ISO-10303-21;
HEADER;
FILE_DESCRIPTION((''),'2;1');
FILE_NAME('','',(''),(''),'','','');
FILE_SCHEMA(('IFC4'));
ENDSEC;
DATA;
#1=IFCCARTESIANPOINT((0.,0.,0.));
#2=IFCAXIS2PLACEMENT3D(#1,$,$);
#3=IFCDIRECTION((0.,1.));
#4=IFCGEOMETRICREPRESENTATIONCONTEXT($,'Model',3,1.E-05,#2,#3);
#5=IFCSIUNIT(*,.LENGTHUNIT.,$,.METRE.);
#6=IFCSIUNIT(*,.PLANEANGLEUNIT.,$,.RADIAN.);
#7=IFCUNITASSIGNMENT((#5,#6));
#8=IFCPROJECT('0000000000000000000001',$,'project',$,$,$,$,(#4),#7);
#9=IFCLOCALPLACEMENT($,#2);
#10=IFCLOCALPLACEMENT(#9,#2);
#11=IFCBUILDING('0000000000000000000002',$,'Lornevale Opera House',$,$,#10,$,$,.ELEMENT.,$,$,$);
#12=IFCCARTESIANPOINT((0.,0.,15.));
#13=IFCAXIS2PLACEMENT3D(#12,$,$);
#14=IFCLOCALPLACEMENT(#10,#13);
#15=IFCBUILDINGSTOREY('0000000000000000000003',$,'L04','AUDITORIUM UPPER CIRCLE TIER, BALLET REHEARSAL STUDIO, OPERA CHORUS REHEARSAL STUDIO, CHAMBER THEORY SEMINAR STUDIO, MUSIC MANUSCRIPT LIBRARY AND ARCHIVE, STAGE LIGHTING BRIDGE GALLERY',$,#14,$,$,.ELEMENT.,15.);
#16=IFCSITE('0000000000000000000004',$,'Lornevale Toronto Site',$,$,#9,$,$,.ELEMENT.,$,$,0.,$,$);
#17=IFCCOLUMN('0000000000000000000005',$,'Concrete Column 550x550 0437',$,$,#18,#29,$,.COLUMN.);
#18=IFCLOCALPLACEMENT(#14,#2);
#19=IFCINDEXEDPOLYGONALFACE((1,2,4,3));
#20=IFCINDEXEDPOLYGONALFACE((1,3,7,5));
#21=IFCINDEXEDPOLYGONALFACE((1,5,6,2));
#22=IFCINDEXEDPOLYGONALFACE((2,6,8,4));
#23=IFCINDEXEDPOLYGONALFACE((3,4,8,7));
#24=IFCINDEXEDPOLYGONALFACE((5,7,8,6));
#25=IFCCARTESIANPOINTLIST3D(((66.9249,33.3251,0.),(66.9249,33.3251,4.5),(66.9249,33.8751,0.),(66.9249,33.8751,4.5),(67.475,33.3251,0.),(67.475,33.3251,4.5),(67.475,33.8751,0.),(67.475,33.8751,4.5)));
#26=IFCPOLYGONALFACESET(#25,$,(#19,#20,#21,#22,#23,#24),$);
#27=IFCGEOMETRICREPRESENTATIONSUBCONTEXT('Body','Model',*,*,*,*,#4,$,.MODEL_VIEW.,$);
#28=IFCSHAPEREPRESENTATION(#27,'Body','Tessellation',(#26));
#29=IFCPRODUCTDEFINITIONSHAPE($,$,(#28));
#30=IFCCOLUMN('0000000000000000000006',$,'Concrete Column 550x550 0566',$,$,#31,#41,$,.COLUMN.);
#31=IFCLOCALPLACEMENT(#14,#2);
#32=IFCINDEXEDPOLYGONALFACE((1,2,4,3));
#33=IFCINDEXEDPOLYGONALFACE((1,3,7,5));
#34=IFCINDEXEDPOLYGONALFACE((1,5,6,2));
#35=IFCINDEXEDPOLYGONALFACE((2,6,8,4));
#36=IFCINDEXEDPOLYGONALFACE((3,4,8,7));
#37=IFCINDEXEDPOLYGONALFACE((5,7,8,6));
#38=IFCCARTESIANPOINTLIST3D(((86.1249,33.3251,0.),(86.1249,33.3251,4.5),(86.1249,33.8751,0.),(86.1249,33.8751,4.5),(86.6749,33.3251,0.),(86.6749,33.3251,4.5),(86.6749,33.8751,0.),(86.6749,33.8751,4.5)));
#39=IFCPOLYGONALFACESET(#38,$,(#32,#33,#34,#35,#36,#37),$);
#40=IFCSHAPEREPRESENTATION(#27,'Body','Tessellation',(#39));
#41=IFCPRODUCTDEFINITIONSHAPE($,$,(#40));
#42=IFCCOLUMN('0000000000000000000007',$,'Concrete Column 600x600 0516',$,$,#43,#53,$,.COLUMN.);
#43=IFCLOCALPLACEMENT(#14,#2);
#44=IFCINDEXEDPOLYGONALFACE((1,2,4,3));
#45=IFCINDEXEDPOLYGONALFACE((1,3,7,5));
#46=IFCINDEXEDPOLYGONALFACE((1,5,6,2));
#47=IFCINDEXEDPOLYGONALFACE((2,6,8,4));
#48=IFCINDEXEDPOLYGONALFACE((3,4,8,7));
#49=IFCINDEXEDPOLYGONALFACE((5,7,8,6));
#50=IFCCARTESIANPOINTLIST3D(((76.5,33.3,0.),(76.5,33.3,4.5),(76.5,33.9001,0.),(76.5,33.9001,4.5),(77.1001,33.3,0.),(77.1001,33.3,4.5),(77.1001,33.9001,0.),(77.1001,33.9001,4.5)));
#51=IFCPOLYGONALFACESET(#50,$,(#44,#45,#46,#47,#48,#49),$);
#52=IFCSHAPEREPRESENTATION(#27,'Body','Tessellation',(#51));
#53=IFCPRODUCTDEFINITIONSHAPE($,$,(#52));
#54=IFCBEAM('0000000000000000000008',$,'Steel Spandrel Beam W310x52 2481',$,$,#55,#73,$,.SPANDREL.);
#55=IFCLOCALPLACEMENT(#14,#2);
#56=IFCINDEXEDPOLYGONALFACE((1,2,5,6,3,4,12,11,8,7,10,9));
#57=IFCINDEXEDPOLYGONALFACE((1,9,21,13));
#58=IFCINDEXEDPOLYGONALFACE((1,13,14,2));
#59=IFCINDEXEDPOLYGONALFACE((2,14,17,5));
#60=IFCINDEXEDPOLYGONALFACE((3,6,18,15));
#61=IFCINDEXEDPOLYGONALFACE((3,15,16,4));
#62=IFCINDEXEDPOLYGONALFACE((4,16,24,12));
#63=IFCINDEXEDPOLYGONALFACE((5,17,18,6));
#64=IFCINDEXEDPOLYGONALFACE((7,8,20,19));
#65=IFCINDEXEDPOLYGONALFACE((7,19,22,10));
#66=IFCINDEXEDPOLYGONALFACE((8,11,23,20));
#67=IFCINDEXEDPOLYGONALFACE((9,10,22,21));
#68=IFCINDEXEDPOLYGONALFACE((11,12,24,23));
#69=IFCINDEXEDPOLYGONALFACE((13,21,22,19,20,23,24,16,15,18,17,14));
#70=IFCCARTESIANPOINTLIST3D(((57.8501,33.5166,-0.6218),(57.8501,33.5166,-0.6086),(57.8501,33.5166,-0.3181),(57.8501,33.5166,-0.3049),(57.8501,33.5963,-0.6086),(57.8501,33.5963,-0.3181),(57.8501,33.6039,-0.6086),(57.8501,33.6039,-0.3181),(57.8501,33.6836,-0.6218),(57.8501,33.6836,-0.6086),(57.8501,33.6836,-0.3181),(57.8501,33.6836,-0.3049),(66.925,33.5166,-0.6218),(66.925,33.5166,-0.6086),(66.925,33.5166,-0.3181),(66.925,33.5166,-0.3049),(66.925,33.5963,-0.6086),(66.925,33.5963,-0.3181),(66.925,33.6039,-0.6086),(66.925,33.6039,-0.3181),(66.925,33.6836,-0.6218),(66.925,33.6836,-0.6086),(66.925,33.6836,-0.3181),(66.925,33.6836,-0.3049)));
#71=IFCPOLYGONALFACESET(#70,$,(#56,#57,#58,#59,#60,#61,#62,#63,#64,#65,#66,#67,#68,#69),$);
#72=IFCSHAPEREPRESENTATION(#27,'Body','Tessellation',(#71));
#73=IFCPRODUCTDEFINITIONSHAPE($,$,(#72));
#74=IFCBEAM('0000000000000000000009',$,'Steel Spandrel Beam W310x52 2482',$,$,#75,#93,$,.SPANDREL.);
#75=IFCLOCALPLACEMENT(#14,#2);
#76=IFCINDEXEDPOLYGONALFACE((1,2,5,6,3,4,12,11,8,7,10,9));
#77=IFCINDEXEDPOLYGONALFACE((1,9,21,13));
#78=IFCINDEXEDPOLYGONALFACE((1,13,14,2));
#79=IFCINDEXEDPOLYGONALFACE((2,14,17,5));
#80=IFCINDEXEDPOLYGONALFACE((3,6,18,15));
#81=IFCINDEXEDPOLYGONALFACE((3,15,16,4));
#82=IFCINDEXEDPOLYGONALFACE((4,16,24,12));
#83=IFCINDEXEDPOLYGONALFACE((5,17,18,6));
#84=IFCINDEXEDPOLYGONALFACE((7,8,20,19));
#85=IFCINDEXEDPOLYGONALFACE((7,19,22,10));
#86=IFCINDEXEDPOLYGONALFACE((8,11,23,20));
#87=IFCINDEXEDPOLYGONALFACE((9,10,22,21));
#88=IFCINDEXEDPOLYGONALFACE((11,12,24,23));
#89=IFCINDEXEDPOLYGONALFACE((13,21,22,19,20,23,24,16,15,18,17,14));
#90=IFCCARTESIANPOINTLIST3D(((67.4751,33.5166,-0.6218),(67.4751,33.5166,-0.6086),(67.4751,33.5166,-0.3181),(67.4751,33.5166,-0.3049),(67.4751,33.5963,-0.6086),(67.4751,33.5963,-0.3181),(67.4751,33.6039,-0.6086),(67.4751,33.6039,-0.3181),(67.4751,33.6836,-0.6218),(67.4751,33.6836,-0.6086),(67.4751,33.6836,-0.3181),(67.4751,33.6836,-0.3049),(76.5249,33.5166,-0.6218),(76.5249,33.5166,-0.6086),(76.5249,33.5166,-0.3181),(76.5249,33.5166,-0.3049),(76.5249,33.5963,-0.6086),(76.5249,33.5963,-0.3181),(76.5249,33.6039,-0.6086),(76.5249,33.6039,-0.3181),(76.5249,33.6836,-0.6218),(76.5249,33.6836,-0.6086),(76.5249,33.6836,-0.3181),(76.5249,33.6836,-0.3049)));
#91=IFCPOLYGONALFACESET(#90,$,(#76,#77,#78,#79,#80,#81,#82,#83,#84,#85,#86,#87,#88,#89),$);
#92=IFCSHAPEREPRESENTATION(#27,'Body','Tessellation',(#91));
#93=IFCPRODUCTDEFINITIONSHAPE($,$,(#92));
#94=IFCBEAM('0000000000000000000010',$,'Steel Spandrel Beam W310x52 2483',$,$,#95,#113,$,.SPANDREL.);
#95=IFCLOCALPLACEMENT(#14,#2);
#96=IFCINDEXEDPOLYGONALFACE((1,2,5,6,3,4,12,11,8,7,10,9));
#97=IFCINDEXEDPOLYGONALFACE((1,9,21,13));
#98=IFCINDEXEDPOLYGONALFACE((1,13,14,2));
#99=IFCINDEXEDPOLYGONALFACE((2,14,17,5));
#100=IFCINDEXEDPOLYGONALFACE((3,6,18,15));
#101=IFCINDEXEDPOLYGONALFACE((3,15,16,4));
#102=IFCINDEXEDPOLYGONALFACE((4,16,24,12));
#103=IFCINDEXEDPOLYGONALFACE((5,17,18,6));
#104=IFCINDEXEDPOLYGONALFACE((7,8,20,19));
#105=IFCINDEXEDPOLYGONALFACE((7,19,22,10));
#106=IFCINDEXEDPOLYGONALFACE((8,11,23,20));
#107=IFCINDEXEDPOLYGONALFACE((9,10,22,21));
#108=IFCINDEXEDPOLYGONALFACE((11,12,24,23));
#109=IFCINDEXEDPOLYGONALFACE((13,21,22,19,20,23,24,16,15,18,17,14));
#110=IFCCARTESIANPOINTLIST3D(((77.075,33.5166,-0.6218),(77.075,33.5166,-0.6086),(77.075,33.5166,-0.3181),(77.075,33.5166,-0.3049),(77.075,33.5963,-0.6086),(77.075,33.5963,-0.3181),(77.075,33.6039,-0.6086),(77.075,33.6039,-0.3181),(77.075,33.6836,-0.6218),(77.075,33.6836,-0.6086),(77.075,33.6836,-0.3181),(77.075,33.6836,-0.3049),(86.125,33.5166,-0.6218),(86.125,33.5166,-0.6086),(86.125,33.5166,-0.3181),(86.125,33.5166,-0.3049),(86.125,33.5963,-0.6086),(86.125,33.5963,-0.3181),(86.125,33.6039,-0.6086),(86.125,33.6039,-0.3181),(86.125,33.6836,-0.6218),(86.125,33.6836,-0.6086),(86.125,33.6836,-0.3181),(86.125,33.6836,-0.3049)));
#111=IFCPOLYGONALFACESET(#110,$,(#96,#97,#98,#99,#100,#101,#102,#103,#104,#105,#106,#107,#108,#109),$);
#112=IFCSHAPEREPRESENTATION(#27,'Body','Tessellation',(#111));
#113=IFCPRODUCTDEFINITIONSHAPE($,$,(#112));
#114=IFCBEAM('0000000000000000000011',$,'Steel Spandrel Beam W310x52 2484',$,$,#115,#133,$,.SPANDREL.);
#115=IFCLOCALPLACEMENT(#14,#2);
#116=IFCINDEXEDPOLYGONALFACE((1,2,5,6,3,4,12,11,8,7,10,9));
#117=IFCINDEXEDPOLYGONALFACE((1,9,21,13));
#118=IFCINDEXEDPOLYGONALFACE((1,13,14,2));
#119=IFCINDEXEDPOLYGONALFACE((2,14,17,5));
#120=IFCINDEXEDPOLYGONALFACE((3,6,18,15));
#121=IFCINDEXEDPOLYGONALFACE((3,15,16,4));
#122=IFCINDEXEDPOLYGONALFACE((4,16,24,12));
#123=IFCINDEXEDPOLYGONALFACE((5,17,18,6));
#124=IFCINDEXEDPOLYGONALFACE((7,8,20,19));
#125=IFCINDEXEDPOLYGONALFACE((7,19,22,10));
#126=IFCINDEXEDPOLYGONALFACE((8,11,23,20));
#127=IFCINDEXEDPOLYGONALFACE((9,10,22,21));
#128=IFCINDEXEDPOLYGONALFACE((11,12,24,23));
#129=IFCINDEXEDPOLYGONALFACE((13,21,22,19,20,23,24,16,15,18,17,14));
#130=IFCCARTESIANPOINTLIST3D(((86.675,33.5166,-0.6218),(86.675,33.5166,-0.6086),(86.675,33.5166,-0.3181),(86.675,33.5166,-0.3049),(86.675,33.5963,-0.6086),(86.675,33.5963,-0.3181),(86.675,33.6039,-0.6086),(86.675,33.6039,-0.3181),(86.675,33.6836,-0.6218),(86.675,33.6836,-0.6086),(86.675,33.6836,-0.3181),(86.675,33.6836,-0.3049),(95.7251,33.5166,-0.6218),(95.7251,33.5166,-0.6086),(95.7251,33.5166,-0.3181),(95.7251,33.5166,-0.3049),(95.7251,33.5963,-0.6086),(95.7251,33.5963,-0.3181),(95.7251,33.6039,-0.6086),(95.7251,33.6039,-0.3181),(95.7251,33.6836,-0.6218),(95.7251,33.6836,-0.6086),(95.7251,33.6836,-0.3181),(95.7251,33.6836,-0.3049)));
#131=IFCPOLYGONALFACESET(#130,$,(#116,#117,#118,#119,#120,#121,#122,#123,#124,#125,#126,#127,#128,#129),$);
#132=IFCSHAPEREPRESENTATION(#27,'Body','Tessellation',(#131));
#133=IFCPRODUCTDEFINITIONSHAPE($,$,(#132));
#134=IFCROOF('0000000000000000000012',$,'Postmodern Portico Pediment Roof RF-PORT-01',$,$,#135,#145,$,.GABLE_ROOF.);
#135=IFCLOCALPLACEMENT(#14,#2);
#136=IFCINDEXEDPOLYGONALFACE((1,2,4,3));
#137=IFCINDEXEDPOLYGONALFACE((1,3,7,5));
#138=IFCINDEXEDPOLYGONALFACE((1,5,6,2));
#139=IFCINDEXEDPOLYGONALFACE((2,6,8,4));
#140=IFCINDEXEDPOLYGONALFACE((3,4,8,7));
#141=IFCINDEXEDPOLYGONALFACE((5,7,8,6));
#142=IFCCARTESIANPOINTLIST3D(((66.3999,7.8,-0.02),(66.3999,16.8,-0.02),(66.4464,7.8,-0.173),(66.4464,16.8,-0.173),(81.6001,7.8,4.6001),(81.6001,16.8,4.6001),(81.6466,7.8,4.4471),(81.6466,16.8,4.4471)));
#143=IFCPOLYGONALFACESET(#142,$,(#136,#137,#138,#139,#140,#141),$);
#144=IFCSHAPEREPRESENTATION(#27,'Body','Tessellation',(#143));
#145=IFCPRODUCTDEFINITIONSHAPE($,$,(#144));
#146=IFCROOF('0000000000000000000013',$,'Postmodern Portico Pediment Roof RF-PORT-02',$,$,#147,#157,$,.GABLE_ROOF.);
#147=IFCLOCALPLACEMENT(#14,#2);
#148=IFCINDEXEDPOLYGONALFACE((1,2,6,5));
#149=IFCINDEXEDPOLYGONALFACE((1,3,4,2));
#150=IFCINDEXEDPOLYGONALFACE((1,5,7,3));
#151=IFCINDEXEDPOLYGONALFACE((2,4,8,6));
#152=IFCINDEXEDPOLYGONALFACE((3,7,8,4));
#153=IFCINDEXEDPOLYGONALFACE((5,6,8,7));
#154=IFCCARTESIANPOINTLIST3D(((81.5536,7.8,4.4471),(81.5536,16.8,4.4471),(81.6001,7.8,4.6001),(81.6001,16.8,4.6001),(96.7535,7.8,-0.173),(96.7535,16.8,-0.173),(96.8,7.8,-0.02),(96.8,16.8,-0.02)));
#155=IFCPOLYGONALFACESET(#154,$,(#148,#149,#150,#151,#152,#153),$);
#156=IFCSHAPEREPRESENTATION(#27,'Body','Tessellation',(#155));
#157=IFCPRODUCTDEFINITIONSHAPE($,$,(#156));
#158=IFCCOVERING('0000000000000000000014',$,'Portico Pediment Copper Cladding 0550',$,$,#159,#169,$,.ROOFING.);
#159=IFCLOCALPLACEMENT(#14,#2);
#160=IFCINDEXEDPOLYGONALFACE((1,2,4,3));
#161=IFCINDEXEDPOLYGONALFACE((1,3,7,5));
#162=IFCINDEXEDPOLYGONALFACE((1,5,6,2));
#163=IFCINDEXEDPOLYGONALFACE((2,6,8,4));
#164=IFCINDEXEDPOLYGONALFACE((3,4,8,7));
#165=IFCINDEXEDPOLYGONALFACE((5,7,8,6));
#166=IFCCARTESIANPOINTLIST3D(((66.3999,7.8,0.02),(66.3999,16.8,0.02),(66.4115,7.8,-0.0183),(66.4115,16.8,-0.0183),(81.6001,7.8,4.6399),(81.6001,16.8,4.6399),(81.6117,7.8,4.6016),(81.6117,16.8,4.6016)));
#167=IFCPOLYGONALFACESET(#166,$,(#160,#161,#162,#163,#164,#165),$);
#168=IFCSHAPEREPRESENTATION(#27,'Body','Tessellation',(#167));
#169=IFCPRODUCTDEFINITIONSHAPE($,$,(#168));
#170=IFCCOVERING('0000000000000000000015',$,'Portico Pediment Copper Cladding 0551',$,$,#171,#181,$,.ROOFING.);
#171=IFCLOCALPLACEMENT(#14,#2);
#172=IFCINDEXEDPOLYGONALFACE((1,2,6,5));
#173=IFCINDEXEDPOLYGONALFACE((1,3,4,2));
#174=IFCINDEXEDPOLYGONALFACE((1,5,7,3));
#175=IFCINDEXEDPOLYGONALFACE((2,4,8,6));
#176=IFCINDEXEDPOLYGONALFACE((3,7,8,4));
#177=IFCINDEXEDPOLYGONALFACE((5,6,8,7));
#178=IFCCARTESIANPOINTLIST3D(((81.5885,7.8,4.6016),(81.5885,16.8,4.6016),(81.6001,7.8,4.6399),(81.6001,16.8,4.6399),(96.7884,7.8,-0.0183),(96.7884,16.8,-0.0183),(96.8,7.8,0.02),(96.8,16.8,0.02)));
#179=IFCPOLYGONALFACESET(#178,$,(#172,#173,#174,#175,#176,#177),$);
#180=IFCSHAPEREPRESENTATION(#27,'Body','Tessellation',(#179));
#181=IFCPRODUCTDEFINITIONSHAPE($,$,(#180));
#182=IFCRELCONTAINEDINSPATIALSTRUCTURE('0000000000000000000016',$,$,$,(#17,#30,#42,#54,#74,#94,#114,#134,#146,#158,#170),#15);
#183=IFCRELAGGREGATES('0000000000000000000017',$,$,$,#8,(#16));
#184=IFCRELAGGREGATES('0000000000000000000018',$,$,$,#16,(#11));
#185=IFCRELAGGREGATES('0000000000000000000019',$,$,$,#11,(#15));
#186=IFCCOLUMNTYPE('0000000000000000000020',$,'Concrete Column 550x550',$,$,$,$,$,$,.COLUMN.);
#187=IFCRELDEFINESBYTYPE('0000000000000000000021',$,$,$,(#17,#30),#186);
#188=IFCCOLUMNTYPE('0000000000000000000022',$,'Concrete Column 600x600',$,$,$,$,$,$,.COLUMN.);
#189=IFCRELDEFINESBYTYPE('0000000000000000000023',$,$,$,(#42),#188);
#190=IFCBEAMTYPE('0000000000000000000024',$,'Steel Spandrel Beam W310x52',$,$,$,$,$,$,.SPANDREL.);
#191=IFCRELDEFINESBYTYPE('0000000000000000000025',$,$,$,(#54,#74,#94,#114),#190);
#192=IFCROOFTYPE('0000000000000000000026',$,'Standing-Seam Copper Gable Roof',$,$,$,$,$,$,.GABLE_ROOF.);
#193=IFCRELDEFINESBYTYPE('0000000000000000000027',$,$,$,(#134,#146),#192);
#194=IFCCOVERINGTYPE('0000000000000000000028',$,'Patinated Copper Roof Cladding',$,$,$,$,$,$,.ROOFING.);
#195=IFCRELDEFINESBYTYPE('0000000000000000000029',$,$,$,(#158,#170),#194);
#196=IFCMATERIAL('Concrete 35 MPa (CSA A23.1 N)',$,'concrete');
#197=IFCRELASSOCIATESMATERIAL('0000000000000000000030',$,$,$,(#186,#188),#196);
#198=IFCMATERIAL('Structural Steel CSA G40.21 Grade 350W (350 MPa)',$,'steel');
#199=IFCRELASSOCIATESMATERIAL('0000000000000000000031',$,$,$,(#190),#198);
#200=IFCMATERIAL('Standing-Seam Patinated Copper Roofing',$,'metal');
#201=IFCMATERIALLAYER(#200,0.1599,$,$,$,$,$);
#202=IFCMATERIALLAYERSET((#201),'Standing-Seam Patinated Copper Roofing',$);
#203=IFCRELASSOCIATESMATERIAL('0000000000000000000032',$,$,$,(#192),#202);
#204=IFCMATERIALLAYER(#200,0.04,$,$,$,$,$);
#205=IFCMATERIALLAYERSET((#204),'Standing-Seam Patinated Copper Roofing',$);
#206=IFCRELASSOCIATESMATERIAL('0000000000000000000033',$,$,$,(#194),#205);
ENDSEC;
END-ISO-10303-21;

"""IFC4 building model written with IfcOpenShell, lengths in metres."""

from ifc_helpers import new_model, si_unit, direction, frame, origin, origin_2d, place, context, subcontext, project, spatial, polyline, rectangle, i_section, outline, extrude, material, layer, layer_set, material_profile, profile_set, type_object, element, save


model = new_model("IFC4")

# Units and contexts
model_context = context("Model", 3, precision=1e-05, world=origin(), true_north=direction((0.0, 1.0)))
body_context = subcontext(model_context, "Body", "Model", "MODEL_VIEW")
ifc_project = project(units=[si_unit("LENGTHUNIT", "METRE"), si_unit("PLANEANGLEUNIT", "RADIAN")], contexts=[model_context])

# Site, building, storey
site_placement = place(None, origin())
site = spatial("IfcSite", under=ifc_project, at=site_placement, Name="Lornevale Toronto Site", CompositionType="ELEMENT", RefElevation=0.0)
building_placement = place(site_placement, origin())
building = spatial("IfcBuilding", under=site, at=building_placement, Name="Lornevale Opera House", CompositionType="ELEMENT")
storey_placement = place(building_placement, frame((0.0, 0.0, 15.0)))
storey = spatial("IfcBuildingStorey", under=building, at=storey_placement, Name="L04", Description="AUDITORIUM UPPER CIRCLE TIER, BALLET REHEARSAL STUDIO, OPERA CHORUS REHEARSAL STUDIO, CHAMBER THEORY SEMINAR STUDIO, MUSIC MANUSCRIPT LIBRARY AND ARCHIVE, STAGE LIGHTING BRIDGE GALLERY", CompositionType="ELEMENT", Elevation=15.0)

# Columns
ifc_material_1 = material(Name="Concrete 35 MPa (CSA A23.1 N)", Category="concrete")
ifc_material_profile_1 = material_profile(ifc_material_1, rectangle(XDim=0.55, YDim=0.55, at=origin_2d()), Name="RC550x550")
ifc_profile_set_1 = profile_set([ifc_material_profile_1], Name="Concrete 35 MPa (CSA A23.1 N)")
column_type_1 = type_object("IfcColumnType", Name="Concrete Column 550x550", PredefinedType="COLUMN", material=ifc_profile_set_1)
for number, where, z_axis, x_axis, name in (
    (1, (67.2, 33.6001, 0.0), (0.0, 0.0, 1.0), (1.0, 0.0, 0.0), "Concrete Column 550x550 0437"),
    (2, (86.3999, 33.6001, 0.0), (0.0, 0.0, 1.0), (1.0, 0.0, 0.0), "Concrete Column 550x550 0566"),
):
    element("IfcColumn", number, at=place(storey_placement, frame(where, z_axis=z_axis, x_axis=x_axis)), inside=storey, type_object=column_type_1, Name=name, PredefinedType="COLUMN", context=body_context, shape_type="SweptSolid", body=[
        extrude(rectangle(XDim=0.55, YDim=0.55, at=origin_2d()), origin(), (0.0, 0.0, 1.0), 4.5),
    ])
ifc_material_profile_2 = material_profile(ifc_material_1, rectangle(XDim=0.6001, YDim=0.6001, at=origin_2d()), Name="RC600x600")
ifc_profile_set_2 = profile_set([ifc_material_profile_2], Name="Concrete 35 MPa (CSA A23.1 N)")
column_type_2 = type_object("IfcColumnType", Name="Concrete Column 600x600", PredefinedType="COLUMN", material=ifc_profile_set_2)
column_placement = place(storey_placement, frame((76.8, 33.6001, 0.0), z_axis=(0.0, 0.0, 1.0), x_axis=(1.0, 0.0, 0.0)))
element("IfcColumn", 3, at=column_placement, inside=storey, type_object=column_type_2, Name="Concrete Column 600x600 0516", PredefinedType="COLUMN", context=body_context, shape_type="SweptSolid", body=[
    extrude(rectangle(XDim=0.6001, YDim=0.6001, at=origin_2d()), origin(), (0.0, 0.0, 1.0), 4.5),
])

# Beams
ifc_material_2 = material(Name="Structural Steel CSA G40.21 Grade 350W (350 MPa)", Category="steel")
ifc_material_profile_3 = material_profile(ifc_material_2, i_section(OverallWidth=0.167, OverallDepth=0.3169, WebThickness=0.0076, FlangeThickness=0.0132, at=origin_2d()), Name="W310x52")
ifc_profile_set_3 = profile_set([ifc_material_profile_3], Name="Structural Steel CSA G40.21 Grade 350W (350 MPa)")
beam_type = type_object("IfcBeamType", Name="Steel Spandrel Beam W310x52", PredefinedType="SPANDREL", material=ifc_profile_set_3)
beam_1_placement = place(storey_placement, frame((57.8501, 33.6001, -0.4634), z_axis=(1.0, 0.0, 0.0), x_axis=(0.0, 1.0, 0.0)))
element("IfcBeam", 4, at=beam_1_placement, inside=storey, type_object=beam_type, Name="Steel Spandrel Beam W310x52 2481", PredefinedType="SPANDREL", context=body_context, shape_type="SweptSolid", body=[
    extrude(i_section(OverallWidth=0.167, OverallDepth=0.3169, WebThickness=0.0076, FlangeThickness=0.0132, at=origin_2d()), origin(), (0.0, 0.0, 1.0), 9.075),
])
beam_2_placement = place(storey_placement, frame((67.4751, 33.6001, -0.4634), z_axis=(1.0, 0.0, 0.0), x_axis=(0.0, 1.0, 0.0)))
element("IfcBeam", 5, at=beam_2_placement, inside=storey, type_object=beam_type, Name="Steel Spandrel Beam W310x52 2482", PredefinedType="SPANDREL", context=body_context, shape_type="SweptSolid", body=[
    extrude(i_section(OverallWidth=0.167, OverallDepth=0.3169, WebThickness=0.0076, FlangeThickness=0.0132, at=origin_2d()), origin(), (0.0, 0.0, 1.0), 9.0498),
])
for number, where, z_axis, x_axis, name in (
    (6, (77.075, 33.6001, -0.4634), (1.0, 0.0, 0.0), (0.0, 1.0, 0.0), "Steel Spandrel Beam W310x52 2483"),
    (7, (86.675, 33.6001, -0.4634), (1.0, 0.0, 0.0), (0.0, 1.0, 0.0), "Steel Spandrel Beam W310x52 2484"),
):
    element("IfcBeam", number, at=place(storey_placement, frame(where, z_axis=z_axis, x_axis=x_axis)), inside=storey, type_object=beam_type, Name=name, PredefinedType="SPANDREL", context=body_context, shape_type="SweptSolid", body=[
        extrude(i_section(OverallWidth=0.167, OverallDepth=0.3169, WebThickness=0.0076, FlangeThickness=0.0132, at=origin_2d()), origin(), (0.0, 0.0, 1.0), 9.05),
    ])

# Roofs
ifc_material_3 = material(Name="Standing-Seam Patinated Copper Roofing", Category="metal")
ifc_layer_1 = layer(ifc_material_3, 0.1599)
ifc_layer_set_1 = layer_set([ifc_layer_1], Name="Standing-Seam Patinated Copper Roofing")
roof_type = type_object("IfcRoofType", Name="Standing-Seam Copper Gable Roof", PredefinedType="GABLE_ROOF", material=ifc_layer_set_1)
roof_1_placement = place(storey_placement, frame((66.3999, 7.8, -0.02), z_axis=(-0.290814, 0.0, 0.95678), x_axis=(0.95678, 0.0, 0.290814)))
element("IfcRoof", 8, at=roof_1_placement, inside=storey, type_object=roof_type, Name="Postmodern Portico Pediment Roof RF-PORT-01", PredefinedType="GABLE_ROOF", context=body_context, shape_type="SweptSolid", body=[
    extrude(outline(polyline([(0.0, 0.0), (15.8868, 0.0), (15.8868, 9.0), (0.0, 9.0), (0.0, 0.0)])), origin(), (0.0, 0.0, -1.0), 0.1599),
])
roof_2_placement = place(storey_placement, frame((81.6001, 7.8, 4.6001), z_axis=(0.290819, 0.0, 0.956778), x_axis=(0.956778, 0.0, -0.290819)))
element("IfcRoof", 9, at=roof_2_placement, inside=storey, type_object=roof_type, Name="Postmodern Portico Pediment Roof RF-PORT-02", PredefinedType="GABLE_ROOF", context=body_context, shape_type="SweptSolid", body=[
    extrude(outline(polyline([(0.0, 0.0), (15.8866, 0.0), (15.8866, 9.0), (0.0, 9.0), (0.0, 0.0)])), origin(), (0.0, 0.0, -1.0), 0.1599),
])

# Coverings
ifc_layer_2 = layer(ifc_material_3, 0.04)
ifc_layer_set_2 = layer_set([ifc_layer_2], Name="Standing-Seam Patinated Copper Roofing")
covering_type_1 = type_object("IfcCoveringType", Name="Patinated Copper Roof Cladding", PredefinedType="ROOFING", material=ifc_layer_set_2)
covering_1_placement = place(storey_placement, frame((66.3999, 7.8, 0.02), z_axis=(-0.2908, 0.0, 0.956784), x_axis=(0.956784, 0.0, 0.2908)))
element("IfcCovering", 10, at=covering_1_placement, inside=storey, type_object=covering_type_1, Name="Portico Pediment Copper Cladding 0550", PredefinedType="ROOFING", context=body_context, shape_type="SweptSolid", body=[
    extrude(outline(polyline([(0.0, 0.0), (15.8868, 0.0), (15.8868, 9.0), (0.0, 9.0), (0.0, 0.0)])), origin(), (0.0, 0.0, -1.0), 0.04),
])
covering_2_placement = place(storey_placement, frame((81.6001, 7.8, 4.6399), z_axis=(0.290804, 0.0, 0.956783), x_axis=(0.956783, 0.0, -0.290804)))
element("IfcCovering", 11, at=covering_2_placement, inside=storey, type_object=covering_type_1, Name="Portico Pediment Copper Cladding 0551", PredefinedType="ROOFING", context=body_context, shape_type="SweptSolid", body=[
    extrude(outline(polyline([(0.0, 0.0), (15.8865, 0.0), (15.8865, 9.0), (0.0, 9.0), (0.0, 0.0)])), origin(), (0.0, 0.0, -1.0), 0.04),
])

save(model, "model.ifc")
